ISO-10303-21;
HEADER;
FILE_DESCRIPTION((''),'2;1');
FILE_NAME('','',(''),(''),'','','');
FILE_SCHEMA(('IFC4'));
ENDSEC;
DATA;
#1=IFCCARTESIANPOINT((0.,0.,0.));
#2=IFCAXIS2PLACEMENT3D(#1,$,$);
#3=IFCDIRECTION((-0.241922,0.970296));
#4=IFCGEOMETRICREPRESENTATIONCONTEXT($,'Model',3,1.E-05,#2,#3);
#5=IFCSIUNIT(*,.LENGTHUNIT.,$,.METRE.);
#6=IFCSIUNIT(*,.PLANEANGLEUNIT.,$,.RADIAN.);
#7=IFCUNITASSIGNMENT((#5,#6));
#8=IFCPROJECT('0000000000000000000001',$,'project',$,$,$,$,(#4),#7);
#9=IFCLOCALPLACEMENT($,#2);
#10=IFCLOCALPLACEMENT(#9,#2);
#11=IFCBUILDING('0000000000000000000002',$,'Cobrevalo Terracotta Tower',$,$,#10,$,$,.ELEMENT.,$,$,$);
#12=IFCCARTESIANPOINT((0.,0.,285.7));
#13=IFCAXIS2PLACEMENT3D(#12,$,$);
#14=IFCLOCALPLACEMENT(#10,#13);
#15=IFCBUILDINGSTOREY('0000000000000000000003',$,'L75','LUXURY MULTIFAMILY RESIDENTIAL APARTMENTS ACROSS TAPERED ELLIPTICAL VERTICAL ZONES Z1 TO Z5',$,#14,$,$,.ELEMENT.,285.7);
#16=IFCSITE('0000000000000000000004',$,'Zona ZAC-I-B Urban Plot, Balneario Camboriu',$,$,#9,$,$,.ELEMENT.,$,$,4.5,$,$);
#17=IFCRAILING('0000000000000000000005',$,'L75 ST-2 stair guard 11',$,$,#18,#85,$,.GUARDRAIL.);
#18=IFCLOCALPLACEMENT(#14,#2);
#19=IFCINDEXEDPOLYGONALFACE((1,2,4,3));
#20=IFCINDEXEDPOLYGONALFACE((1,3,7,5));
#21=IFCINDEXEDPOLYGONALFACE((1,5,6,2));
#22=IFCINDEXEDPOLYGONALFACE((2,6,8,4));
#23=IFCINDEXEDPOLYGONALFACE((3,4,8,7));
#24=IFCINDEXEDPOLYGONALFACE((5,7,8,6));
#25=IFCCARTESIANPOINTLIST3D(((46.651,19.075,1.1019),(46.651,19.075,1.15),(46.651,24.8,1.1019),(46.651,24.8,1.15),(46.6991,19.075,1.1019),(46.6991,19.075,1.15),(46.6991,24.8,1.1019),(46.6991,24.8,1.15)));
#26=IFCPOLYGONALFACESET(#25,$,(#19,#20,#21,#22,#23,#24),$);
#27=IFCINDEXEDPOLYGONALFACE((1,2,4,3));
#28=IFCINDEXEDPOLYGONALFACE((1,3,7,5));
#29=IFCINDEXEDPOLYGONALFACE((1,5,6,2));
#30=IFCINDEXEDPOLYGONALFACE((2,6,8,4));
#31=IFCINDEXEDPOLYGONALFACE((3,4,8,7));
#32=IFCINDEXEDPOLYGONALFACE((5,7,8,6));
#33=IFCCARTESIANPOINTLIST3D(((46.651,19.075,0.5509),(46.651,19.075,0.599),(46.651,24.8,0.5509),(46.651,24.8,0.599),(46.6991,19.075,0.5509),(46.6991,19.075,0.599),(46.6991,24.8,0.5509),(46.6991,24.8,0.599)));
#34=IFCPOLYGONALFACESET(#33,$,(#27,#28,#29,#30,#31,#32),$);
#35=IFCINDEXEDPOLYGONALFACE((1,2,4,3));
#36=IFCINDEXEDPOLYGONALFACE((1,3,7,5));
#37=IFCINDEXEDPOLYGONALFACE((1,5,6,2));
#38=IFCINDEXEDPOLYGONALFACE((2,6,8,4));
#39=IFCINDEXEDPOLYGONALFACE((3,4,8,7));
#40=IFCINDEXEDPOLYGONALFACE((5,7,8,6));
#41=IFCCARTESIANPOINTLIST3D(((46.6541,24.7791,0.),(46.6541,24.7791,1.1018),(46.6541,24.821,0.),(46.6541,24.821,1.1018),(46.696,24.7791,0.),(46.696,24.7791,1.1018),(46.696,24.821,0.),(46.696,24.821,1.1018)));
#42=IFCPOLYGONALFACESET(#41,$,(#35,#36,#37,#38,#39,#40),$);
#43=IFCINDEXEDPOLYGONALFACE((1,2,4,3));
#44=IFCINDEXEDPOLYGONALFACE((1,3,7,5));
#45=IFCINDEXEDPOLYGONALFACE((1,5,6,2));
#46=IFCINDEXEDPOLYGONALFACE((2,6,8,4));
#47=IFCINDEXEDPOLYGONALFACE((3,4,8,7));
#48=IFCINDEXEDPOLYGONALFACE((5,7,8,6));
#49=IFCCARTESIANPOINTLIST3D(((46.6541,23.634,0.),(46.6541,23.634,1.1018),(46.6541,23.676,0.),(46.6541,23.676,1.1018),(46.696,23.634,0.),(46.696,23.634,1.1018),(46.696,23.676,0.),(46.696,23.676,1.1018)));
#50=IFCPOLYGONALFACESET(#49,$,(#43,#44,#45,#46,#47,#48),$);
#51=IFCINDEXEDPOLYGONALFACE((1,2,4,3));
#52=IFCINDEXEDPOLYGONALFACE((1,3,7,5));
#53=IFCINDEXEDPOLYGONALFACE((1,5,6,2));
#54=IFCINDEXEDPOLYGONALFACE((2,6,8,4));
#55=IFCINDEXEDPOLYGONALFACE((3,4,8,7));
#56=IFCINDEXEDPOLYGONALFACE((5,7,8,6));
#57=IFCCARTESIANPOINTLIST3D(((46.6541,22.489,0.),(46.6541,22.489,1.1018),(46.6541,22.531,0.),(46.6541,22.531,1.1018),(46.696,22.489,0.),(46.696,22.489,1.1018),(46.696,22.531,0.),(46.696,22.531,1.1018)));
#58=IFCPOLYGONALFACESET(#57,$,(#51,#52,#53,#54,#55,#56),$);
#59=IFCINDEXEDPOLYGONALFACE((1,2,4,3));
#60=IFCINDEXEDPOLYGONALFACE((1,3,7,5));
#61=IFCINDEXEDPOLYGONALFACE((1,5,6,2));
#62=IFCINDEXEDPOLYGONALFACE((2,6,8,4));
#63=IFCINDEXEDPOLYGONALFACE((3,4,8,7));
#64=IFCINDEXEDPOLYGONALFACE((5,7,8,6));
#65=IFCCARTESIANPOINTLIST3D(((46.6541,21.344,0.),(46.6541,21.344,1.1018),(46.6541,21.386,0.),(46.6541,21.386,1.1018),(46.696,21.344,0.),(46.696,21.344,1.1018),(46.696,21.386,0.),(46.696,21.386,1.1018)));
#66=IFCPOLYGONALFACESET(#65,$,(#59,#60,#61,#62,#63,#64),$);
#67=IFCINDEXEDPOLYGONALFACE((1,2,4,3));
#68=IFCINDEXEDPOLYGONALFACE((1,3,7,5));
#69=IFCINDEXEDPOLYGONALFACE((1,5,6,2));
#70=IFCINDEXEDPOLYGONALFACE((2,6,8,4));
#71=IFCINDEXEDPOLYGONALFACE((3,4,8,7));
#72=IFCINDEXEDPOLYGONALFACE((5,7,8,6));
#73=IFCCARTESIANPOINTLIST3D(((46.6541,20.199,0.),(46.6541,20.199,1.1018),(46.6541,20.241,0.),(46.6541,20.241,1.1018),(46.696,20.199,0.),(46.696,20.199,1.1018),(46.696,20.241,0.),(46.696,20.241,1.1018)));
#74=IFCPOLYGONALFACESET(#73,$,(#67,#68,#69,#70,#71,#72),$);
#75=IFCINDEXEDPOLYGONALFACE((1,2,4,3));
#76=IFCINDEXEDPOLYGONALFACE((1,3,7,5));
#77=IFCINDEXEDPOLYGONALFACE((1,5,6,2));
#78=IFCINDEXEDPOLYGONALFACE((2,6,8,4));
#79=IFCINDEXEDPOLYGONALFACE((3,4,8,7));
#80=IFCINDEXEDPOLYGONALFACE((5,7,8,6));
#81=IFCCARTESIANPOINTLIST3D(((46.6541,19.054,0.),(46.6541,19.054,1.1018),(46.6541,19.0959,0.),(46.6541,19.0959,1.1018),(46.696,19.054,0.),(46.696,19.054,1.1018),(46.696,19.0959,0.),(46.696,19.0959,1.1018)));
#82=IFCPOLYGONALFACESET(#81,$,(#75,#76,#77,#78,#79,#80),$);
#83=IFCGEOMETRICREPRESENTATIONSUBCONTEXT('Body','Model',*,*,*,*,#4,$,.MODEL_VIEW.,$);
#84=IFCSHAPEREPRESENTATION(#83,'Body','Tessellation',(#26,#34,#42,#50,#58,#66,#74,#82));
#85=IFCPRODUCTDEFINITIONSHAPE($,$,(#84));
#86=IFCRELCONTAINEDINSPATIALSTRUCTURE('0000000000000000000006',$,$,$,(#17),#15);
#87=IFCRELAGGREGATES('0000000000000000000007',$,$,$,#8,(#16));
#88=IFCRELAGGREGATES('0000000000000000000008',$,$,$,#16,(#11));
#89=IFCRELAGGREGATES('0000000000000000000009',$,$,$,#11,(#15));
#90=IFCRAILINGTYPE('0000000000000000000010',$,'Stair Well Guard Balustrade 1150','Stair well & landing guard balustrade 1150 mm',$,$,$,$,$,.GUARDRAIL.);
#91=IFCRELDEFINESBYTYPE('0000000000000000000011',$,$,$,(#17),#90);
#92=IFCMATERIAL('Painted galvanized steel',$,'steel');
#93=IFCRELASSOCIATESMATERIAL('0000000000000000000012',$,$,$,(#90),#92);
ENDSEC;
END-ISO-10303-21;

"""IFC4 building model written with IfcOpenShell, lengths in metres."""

from ifc_helpers import new_model, si_unit, direction, frame, origin, origin_2d, place, context, subcontext, project, spatial, rectangle, extrude, material, type_object, element, save


model = new_model("IFC4")

# Units and contexts
model_context = context("Model", 3, precision=1e-05, world=origin(), true_north=direction((-0.241922, 0.970296)))
body_context = subcontext(model_context, "Body", "Model", "MODEL_VIEW")
ifc_project = project(units=[si_unit("LENGTHUNIT", "METRE"), si_unit("PLANEANGLEUNIT", "RADIAN")], contexts=[model_context])

# Site, building, storey
site_placement = place(None, origin())
site = spatial("IfcSite", under=ifc_project, at=site_placement, Name="Zona ZAC-I-B Urban Plot, Balneario Camboriu", CompositionType="ELEMENT", RefElevation=4.5)
building_placement = place(site_placement, origin())
building = spatial("IfcBuilding", under=site, at=building_placement, Name="Cobrevalo Terracotta Tower", CompositionType="ELEMENT")
storey_placement = place(building_placement, frame((0.0, 0.0, 285.7)))
storey = spatial("IfcBuildingStorey", under=building, at=storey_placement, Name="L75", Description="LUXURY MULTIFAMILY RESIDENTIAL APARTMENTS ACROSS TAPERED ELLIPTICAL VERTICAL ZONES Z1 TO Z5", CompositionType="ELEMENT", Elevation=285.7)

# Railing
ifc_material_1 = material(Name="Painted galvanized steel", Category="steel")
railing_type = type_object("IfcRailingType", Name="Stair Well Guard Balustrade 1150", Description="Stair well & landing guard balustrade 1150 mm", PredefinedType="GUARDRAIL", material=ifc_material_1)
for number, where, name in (
    (1, (46.675, 24.8, 0.0), "L75 ST-2 stair guard 11"),
):
    element("IfcRailing", number, at=place(storey_placement, frame(where)), inside=storey, type_object=railing_type, Name=name, PredefinedType="GUARDRAIL", context=body_context, shape_type="SweptSolid", body=[
        extrude(rectangle(XDim=0.0481, YDim=0.0481, at=origin_2d()), frame((0.0, 0.0, 1.126), z_axis=(0.0, -1.0, 0.0), x_axis=(1.0, 0.0, 0.0)), (0.0, 0.0, 1.0), 5.7251),
        extrude(rectangle(XDim=0.0481, YDim=0.0481, at=origin_2d()), frame((0.0, 0.0, 0.575), z_axis=(0.0, -1.0, 0.0), x_axis=(1.0, 0.0, 0.0)), (0.0, 0.0, 1.0), 5.7251),
        extrude(rectangle(XDim=0.042, YDim=0.042, at=origin_2d()), origin(), (0.0, 0.0, 1.0), 1.1018),
        extrude(rectangle(XDim=0.042, YDim=0.042, at=origin_2d()), frame((0.0, -1.145, 0.0)), (0.0, 0.0, 1.0), 1.1018),
        extrude(rectangle(XDim=0.042, YDim=0.042, at=origin_2d()), frame((0.0, -2.29, 0.0)), (0.0, 0.0, 1.0), 1.1018),
        extrude(rectangle(XDim=0.042, YDim=0.042, at=origin_2d()), frame((0.0, -3.4351, 0.0)), (0.0, 0.0, 1.0), 1.1018),
        extrude(rectangle(XDim=0.042, YDim=0.042, at=origin_2d()), frame((0.0, -4.5801, 0.0)), (0.0, 0.0, 1.0), 1.1018),
        extrude(rectangle(XDim=0.042, YDim=0.042, at=origin_2d()), frame((0.0, -5.7251, 0.0)), (0.0, 0.0, 1.0), 1.1018),
    ])

save(model, "model.ifc")
